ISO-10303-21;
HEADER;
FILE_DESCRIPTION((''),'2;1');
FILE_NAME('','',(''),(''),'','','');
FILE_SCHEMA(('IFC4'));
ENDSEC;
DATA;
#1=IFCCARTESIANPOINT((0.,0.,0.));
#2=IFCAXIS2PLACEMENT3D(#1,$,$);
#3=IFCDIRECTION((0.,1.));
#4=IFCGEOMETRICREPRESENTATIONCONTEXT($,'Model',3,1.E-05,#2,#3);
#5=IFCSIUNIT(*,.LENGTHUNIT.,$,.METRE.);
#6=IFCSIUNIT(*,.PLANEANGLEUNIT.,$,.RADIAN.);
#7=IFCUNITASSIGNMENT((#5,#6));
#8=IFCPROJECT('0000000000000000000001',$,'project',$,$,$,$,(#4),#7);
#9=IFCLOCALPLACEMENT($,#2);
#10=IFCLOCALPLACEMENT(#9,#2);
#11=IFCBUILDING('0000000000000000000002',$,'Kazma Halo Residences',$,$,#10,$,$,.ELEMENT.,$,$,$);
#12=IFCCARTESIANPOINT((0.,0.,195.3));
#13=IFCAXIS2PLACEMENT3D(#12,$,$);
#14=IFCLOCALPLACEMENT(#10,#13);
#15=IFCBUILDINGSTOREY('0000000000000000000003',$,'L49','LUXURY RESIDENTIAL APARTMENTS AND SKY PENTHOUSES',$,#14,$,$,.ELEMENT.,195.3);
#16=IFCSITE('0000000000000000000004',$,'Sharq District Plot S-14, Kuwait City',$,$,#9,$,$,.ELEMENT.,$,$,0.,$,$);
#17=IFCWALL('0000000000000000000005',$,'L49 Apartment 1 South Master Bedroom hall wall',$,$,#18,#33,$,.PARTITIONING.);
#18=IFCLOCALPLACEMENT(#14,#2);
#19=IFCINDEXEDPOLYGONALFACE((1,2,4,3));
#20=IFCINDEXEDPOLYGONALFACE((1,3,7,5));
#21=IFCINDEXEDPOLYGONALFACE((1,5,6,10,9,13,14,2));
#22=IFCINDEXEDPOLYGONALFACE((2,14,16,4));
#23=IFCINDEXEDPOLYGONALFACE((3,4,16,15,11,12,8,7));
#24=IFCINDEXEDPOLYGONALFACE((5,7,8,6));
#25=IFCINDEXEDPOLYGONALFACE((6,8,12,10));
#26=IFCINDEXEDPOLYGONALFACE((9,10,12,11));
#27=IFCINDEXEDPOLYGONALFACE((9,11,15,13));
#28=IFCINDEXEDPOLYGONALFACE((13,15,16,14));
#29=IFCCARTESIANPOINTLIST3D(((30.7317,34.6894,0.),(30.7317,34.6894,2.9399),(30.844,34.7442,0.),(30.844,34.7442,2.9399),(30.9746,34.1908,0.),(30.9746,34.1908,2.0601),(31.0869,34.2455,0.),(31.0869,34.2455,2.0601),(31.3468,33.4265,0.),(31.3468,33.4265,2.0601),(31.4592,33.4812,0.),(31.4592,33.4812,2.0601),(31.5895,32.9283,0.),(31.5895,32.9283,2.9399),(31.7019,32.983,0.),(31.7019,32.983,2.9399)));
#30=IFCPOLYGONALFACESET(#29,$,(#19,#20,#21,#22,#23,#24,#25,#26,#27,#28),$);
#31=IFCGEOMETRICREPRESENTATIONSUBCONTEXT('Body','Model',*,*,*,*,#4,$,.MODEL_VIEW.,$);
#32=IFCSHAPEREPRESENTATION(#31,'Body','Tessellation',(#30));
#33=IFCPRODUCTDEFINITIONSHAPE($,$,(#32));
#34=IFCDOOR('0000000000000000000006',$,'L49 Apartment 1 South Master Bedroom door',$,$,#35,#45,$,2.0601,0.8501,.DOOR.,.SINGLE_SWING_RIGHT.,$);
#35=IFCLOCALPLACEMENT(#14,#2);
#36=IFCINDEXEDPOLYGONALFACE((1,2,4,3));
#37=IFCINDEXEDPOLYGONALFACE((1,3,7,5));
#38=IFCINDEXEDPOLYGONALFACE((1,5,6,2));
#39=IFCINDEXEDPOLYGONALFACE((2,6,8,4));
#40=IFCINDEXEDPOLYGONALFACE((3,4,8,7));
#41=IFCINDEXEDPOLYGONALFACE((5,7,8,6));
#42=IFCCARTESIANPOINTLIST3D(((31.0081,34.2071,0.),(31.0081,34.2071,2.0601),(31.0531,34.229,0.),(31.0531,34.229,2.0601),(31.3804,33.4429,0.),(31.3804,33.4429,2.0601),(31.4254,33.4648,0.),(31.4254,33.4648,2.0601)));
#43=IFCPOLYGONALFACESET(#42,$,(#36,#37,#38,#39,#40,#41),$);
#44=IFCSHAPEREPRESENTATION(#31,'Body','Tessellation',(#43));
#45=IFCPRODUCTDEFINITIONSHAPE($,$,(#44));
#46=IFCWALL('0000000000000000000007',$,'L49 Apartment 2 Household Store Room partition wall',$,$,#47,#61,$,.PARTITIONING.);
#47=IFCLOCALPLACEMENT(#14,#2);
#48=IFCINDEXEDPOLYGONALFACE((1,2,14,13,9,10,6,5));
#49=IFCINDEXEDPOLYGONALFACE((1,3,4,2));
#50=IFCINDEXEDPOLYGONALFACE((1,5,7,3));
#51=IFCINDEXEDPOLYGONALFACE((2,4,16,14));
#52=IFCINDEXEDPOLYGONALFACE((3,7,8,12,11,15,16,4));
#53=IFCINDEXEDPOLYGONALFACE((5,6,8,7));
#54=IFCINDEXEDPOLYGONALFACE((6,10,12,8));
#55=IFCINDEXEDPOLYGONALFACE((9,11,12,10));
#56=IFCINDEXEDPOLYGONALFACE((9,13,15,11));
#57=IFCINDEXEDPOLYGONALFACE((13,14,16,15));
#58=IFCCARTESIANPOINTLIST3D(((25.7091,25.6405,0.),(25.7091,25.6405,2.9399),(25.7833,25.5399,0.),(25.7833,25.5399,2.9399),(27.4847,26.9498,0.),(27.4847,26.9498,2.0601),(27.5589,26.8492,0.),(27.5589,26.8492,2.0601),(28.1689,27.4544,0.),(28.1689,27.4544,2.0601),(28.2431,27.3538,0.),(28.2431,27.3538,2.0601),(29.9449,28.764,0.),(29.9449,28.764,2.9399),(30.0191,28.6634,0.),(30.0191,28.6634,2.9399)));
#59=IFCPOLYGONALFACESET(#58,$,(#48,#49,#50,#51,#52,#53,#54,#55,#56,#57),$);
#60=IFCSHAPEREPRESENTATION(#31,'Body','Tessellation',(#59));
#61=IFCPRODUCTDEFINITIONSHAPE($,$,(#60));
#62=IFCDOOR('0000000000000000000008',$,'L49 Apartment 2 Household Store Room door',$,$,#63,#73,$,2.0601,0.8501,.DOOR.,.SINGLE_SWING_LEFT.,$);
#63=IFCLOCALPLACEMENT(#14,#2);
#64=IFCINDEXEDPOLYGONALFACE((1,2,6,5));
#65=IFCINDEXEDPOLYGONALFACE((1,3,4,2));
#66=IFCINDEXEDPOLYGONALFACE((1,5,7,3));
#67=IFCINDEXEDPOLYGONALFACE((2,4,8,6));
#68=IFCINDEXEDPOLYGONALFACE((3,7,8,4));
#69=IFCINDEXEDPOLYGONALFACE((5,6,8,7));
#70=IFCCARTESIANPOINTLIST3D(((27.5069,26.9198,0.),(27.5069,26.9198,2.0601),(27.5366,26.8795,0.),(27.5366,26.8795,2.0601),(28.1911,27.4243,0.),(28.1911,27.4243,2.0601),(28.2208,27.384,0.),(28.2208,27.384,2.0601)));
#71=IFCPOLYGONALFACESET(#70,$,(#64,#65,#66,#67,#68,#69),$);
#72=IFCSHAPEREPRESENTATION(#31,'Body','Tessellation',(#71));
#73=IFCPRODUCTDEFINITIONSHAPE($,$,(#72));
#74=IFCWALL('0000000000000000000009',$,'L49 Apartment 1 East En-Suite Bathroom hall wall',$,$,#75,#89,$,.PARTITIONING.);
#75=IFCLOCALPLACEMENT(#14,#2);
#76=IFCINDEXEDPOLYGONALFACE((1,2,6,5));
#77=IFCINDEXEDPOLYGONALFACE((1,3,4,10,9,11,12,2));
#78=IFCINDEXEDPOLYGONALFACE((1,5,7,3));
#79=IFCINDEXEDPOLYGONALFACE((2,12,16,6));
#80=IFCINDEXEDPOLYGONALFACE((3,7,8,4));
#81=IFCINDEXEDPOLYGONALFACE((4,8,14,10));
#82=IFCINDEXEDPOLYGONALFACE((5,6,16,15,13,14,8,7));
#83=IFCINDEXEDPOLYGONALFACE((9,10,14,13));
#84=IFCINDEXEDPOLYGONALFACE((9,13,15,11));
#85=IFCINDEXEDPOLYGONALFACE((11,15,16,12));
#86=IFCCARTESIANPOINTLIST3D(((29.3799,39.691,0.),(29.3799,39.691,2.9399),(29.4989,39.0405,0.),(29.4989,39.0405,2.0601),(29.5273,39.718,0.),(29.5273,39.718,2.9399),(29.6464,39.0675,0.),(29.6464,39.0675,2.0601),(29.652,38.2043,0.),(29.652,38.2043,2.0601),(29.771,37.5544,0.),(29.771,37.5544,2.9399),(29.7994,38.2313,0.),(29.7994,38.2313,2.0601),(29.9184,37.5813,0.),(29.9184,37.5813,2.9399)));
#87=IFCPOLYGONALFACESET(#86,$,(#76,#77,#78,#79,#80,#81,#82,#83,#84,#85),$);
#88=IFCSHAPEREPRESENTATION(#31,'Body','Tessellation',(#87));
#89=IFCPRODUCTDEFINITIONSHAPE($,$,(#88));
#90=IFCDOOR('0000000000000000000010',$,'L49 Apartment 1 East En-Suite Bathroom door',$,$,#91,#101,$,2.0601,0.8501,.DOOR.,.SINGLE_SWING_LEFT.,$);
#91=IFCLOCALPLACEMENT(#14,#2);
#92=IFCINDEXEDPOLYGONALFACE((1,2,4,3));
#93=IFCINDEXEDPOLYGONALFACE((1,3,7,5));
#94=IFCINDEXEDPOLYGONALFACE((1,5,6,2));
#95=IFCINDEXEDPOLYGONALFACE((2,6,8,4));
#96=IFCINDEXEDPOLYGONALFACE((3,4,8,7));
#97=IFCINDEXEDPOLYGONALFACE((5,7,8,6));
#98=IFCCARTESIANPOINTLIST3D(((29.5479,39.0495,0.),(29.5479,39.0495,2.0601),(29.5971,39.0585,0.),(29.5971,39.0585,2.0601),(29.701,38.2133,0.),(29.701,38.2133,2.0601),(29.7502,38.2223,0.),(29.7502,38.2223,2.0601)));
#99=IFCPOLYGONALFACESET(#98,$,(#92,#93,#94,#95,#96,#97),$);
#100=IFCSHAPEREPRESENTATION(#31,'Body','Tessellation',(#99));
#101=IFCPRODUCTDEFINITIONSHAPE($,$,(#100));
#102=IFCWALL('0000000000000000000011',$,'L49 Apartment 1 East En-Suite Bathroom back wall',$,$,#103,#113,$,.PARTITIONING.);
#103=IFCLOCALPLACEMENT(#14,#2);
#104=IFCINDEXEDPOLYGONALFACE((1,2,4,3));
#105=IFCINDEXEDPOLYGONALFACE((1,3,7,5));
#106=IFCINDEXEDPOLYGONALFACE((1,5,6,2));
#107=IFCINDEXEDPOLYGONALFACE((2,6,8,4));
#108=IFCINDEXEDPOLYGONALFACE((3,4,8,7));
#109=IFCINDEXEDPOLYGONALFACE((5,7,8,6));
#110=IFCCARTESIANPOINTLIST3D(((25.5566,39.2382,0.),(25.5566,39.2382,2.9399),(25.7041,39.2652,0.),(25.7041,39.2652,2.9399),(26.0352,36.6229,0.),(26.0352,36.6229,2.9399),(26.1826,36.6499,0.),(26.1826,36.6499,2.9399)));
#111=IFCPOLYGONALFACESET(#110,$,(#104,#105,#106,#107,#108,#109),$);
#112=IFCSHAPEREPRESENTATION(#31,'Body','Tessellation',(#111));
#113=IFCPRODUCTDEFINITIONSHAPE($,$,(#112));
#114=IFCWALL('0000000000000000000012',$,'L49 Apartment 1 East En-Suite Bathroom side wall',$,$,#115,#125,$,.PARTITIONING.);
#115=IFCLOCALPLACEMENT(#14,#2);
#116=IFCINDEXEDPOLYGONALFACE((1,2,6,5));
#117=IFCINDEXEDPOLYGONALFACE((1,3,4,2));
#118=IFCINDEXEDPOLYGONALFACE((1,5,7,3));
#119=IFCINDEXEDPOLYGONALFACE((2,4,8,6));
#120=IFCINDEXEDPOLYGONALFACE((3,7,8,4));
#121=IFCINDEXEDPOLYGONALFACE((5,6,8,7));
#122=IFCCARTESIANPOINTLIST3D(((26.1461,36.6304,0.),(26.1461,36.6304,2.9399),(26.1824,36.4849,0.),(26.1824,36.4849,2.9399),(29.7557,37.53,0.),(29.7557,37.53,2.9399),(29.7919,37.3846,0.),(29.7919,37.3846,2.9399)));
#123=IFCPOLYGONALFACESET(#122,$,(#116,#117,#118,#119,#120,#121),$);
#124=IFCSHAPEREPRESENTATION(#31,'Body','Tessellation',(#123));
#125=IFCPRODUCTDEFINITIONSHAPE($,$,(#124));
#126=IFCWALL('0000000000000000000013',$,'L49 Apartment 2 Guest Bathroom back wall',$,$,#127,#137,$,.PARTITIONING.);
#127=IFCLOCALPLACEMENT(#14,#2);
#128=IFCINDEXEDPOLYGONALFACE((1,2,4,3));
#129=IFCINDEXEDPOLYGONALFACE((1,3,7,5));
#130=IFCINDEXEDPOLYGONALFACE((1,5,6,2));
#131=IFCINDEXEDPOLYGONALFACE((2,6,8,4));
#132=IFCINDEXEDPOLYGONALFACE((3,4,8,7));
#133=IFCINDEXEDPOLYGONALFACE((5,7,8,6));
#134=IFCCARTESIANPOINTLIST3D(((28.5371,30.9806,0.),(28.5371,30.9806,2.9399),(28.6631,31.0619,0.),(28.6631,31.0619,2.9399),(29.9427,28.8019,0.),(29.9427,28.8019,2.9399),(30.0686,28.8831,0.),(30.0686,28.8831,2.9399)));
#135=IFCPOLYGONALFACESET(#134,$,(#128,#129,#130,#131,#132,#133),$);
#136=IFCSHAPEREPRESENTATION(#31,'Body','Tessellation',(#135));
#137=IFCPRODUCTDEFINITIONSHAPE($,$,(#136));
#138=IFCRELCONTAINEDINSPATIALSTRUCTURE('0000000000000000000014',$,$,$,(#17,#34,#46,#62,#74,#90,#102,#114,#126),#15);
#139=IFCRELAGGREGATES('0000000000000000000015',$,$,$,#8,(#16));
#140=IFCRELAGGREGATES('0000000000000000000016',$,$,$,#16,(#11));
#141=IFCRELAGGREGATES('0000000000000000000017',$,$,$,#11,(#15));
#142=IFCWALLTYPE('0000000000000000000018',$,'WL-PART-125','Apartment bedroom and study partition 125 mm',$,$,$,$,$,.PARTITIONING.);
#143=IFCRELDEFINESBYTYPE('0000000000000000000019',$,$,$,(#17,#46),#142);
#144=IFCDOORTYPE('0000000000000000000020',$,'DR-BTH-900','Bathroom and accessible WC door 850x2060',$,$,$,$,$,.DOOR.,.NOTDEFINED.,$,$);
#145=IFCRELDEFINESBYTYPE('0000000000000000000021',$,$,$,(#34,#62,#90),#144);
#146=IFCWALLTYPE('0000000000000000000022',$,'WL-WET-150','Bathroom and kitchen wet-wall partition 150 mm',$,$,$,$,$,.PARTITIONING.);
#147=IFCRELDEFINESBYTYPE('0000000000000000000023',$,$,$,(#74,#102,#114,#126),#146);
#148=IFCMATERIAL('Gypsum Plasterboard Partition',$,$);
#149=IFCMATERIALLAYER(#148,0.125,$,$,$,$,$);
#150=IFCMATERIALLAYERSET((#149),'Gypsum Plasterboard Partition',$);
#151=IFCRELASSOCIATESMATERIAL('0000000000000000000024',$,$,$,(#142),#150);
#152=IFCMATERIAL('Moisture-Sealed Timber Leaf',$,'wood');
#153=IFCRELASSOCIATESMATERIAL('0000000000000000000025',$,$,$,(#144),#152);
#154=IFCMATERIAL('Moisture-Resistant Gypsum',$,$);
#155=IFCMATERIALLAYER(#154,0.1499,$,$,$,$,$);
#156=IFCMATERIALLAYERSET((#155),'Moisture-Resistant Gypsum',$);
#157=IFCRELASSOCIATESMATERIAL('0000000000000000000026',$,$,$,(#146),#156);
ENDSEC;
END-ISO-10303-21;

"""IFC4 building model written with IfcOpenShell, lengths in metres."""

from ifc_helpers import new_model, si_unit, direction, frame, frame_2d, origin, place, context, subcontext, project, spatial, rectangle, extrude, material, layer, layer_set, type_object, element, fill, save


model = new_model("IFC4")

# Units and contexts
model_context = context("Model", 3, precision=1e-05, world=origin(), true_north=direction((0.0, 1.0)))
body_context = subcontext(model_context, "Body", "Model", "MODEL_VIEW")
ifc_project = project(units=[si_unit("LENGTHUNIT", "METRE"), si_unit("PLANEANGLEUNIT", "RADIAN")], contexts=[model_context])

# Site, building, storey
site_placement = place(None, origin())
site = spatial("IfcSite", under=ifc_project, at=site_placement, Name="Sharq District Plot S-14, Kuwait City", CompositionType="ELEMENT", RefElevation=0.0)
building_placement = place(site_placement, origin())
building = spatial("IfcBuilding", under=site, at=building_placement, Name="Kazma Halo Residences", CompositionType="ELEMENT")
storey_placement = place(building_placement, frame((0.0, 0.0, 195.3)))
storey = spatial("IfcBuildingStorey", under=building, at=storey_placement, Name="L49", Description="LUXURY RESIDENTIAL APARTMENTS AND SKY PENTHOUSES", CompositionType="ELEMENT", Elevation=195.3)

# Shared definitions
ifc_material_1 = material(Name="Gypsum Plasterboard Partition")
ifc_layer_1 = layer(ifc_material_1, 0.125)
ifc_layer_set_1 = layer_set([ifc_layer_1], Name="Gypsum Plasterboard Partition")
wall_type_1 = type_object("IfcWallType", Name="WL-PART-125", Description="Apartment bedroom and study partition 125 mm", PredefinedType="PARTITIONING", material=ifc_layer_set_1)

# Shared definitions
ifc_material_2 = material(Name="Moisture-Sealed Timber Leaf", Category="wood")
door_type = type_object("IfcDoorType", Name="DR-BTH-900", Description="Bathroom and accessible WC door 850x2060", OperationType="NOTDEFINED", PredefinedType="DOOR", material=ifc_material_2)

# Walls, openings, doors
wall_1_placement = place(storey_placement, frame((30.7878, 34.7168, 0.0), z_axis=(0.0, 0.0, 1.0), x_axis=(0.437918, -0.899015, 0.0)))
wall_1 = element("IfcWall", 1, at=wall_1_placement, inside=storey, type_object=wall_type_1, Name="L49 Apartment 1 South Master Bedroom hall wall", PredefinedType="PARTITIONING", context=body_context, shape_type="SweptSolid", body=[
    extrude(rectangle(XDim=1.959, YDim=0.125, at=frame_2d((0.9795, 0.0))), origin(), (0.0, 0.0, 1.0), 2.9399),
])
opening_1_placement = place(wall_1_placement, frame((0.5547, 0.0, 0.0)))
opening_1 = element("IfcOpeningElement", 2, at=opening_1_placement, cuts=wall_1, PredefinedType="OPENING", context=body_context, shape_type="SweptSolid", body=[
    extrude(rectangle(XDim=0.8501, YDim=2.0601, at=frame_2d((0.425, 1.03))), frame((0.0, 0.0725, 0.0), z_axis=(0.0, -1.0, 0.0), x_axis=(1.0, 0.0, 0.0)), (0.0, 0.0, 1.0), 0.145),
])
door_1_placement = place(opening_1_placement, origin())
door_1 = element("IfcDoor", 3, at=door_1_placement, inside=storey, type_object=door_type, Name="L49 Apartment 1 South Master Bedroom door", OperationType="SINGLE_SWING_RIGHT", OverallHeight=2.0601, OverallWidth=0.8501, PredefinedType="DOOR", context=body_context, shape_type="SweptSolid", body=[
    extrude(rectangle(XDim=0.8501, YDim=2.0601, at=frame_2d((0.425, 1.03))), frame((0.0, 0.0249, 0.0), z_axis=(0.0, -1.0, 0.0), x_axis=(1.0, 0.0, 0.0)), (0.0, 0.0, 1.0), 0.05),
])
fill(opening_1, door_1)
wall_2_placement = place(storey_placement, frame((29.9819, 28.7136, 0.0), z_axis=(0.0, 0.0, 1.0), x_axis=(-0.804839, -0.593493, 0.0)))
wall_2 = element("IfcWall", 4, at=wall_2_placement, inside=storey, type_object=wall_type_1, Name="L49 Apartment 2 Household Store Room partition wall", PredefinedType="PARTITIONING", context=body_context, shape_type="SweptSolid", body=[
    extrude(rectangle(XDim=5.2629, YDim=0.125, at=frame_2d((2.6313, 0.0))), origin(), (0.0, 0.0, 1.0), 2.9399),
])
opening_2_placement = place(wall_2_placement, frame((2.2065, 0.0, 0.0)))
opening_2 = element("IfcOpeningElement", 5, at=opening_2_placement, cuts=wall_2, PredefinedType="OPENING", context=body_context, shape_type="SweptSolid", body=[
    extrude(rectangle(XDim=0.8501, YDim=2.0601, at=frame_2d((0.425, 1.03))), frame((0.0, 0.0725, 0.0), z_axis=(0.0, -1.0, 0.0), x_axis=(1.0, 0.0, 0.0)), (0.0, 0.0, 1.0), 0.145),
])
door_2_placement = place(opening_2_placement, origin())
door_2 = element("IfcDoor", 6, at=door_2_placement, inside=storey, type_object=door_type, Name="L49 Apartment 2 Household Store Room door", OperationType="SINGLE_SWING_LEFT", OverallHeight=2.0601, OverallWidth=0.8501, PredefinedType="DOOR", context=body_context, shape_type="SweptSolid", body=[
    extrude(rectangle(XDim=0.8501, YDim=2.0601, at=frame_2d((0.425, 1.03))), frame((0.0, 0.0249, 0.0), z_axis=(0.0, -1.0, 0.0), x_axis=(1.0, 0.0, 0.0)), (0.0, 0.0, 1.0), 0.05),
])
fill(opening_2, door_2)
ifc_material_3 = material(Name="Moisture-Resistant Gypsum")
ifc_layer_2 = layer(ifc_material_3, 0.1499)
ifc_layer_set_2 = layer_set([ifc_layer_2], Name="Moisture-Resistant Gypsum")
wall_type_2 = type_object("IfcWallType", Name="WL-WET-150", Description="Bathroom and kitchen wet-wall partition 150 mm", PredefinedType="PARTITIONING", material=ifc_layer_set_2)
wall_3_placement = place(storey_placement, frame((29.4536, 39.7043, 0.0), z_axis=(0.0, 0.0, 1.0), x_axis=(0.180052, -0.983657, 0.0)))
wall_3 = element("IfcWall", 7, at=wall_3_placement, inside=storey, type_object=wall_type_2, Name="L49 Apartment 1 East En-Suite Bathroom hall wall", PredefinedType="PARTITIONING", context=body_context, shape_type="SweptSolid", body=[
    extrude(rectangle(XDim=2.1721, YDim=0.1499, at=frame_2d((1.0859, 0.0))), origin(), (0.0, 0.0, 1.0), 2.9399),
])
opening_3_placement = place(wall_3_placement, frame((0.6611, 0.0, 0.0)))
opening_3 = element("IfcOpeningElement", 8, at=opening_3_placement, cuts=wall_3, PredefinedType="OPENING", context=body_context, shape_type="SweptSolid", body=[
    extrude(rectangle(XDim=0.8501, YDim=2.0601, at=frame_2d((0.425, 1.03))), frame((0.0, 0.085, 0.0), z_axis=(0.0, -1.0, 0.0), x_axis=(1.0, 0.0, 0.0)), (0.0, 0.0, 1.0), 0.1699),
])
door_3_placement = place(opening_3_placement, origin())
door_3 = element("IfcDoor", 9, at=door_3_placement, inside=storey, type_object=door_type, Name="L49 Apartment 1 East En-Suite Bathroom door", OperationType="SINGLE_SWING_LEFT", OverallHeight=2.0601, OverallWidth=0.8501, PredefinedType="DOOR", context=body_context, shape_type="SweptSolid", body=[
    extrude(rectangle(XDim=0.8501, YDim=2.0601, at=frame_2d((0.425, 1.03))), frame((0.0, 0.0249, 0.0), z_axis=(0.0, -1.0, 0.0), x_axis=(1.0, 0.0, 0.0)), (0.0, 0.0, 1.0), 0.05),
])
fill(opening_3, door_3)

# Walls
wall_4_placement = place(storey_placement, frame((25.6304, 39.2517, 0.0), z_axis=(0.0, 0.0, 1.0), x_axis=(0.179984, -0.983669, 0.0)))
element("IfcWall", 10, at=wall_4_placement, inside=storey, type_object=wall_type_2, Name="L49 Apartment 1 East En-Suite Bathroom back wall", PredefinedType="PARTITIONING", context=body_context, shape_type="SweptSolid", body=[
    extrude(rectangle(XDim=2.6587, YDim=0.1499, at=frame_2d((1.3293, 0.0))), origin(), (0.0, 0.0, 1.0), 2.9399),
])
wall_5_placement = place(storey_placement, frame((29.7737, 37.4573, 0.0), z_axis=(0.0, 0.0, 1.0), x_axis=(-0.970316, -0.241841, 0.0)))
element("IfcWall", 11, at=wall_5_placement, inside=storey, type_object=wall_type_2, Name="L49 Apartment 1 East En-Suite Bathroom side wall", PredefinedType="PARTITIONING", context=body_context, shape_type="SweptSolid", body=[
    extrude(rectangle(XDim=3.72, YDim=0.1499, at=frame_2d((1.8599, 0.0))), origin(), (0.0, 0.0, 1.0), 2.9399),
])
wall_6_placement = place(storey_placement, frame((28.6001, 31.0212, 0.0), z_axis=(0.0, 0.0, 1.0), x_axis=(0.542099, -0.840315, 0.0)))
element("IfcWall", 12, at=wall_6_placement, inside=storey, type_object=wall_type_2, Name="L49 Apartment 2 Guest Bathroom back wall", PredefinedType="PARTITIONING", context=body_context, shape_type="SweptSolid", body=[
    extrude(rectangle(XDim=2.5928, YDim=0.1499, at=frame_2d((1.2964, 0.0))), origin(), (0.0, 0.0, 1.0), 2.9399),
])

save(model, "model.ifc")
